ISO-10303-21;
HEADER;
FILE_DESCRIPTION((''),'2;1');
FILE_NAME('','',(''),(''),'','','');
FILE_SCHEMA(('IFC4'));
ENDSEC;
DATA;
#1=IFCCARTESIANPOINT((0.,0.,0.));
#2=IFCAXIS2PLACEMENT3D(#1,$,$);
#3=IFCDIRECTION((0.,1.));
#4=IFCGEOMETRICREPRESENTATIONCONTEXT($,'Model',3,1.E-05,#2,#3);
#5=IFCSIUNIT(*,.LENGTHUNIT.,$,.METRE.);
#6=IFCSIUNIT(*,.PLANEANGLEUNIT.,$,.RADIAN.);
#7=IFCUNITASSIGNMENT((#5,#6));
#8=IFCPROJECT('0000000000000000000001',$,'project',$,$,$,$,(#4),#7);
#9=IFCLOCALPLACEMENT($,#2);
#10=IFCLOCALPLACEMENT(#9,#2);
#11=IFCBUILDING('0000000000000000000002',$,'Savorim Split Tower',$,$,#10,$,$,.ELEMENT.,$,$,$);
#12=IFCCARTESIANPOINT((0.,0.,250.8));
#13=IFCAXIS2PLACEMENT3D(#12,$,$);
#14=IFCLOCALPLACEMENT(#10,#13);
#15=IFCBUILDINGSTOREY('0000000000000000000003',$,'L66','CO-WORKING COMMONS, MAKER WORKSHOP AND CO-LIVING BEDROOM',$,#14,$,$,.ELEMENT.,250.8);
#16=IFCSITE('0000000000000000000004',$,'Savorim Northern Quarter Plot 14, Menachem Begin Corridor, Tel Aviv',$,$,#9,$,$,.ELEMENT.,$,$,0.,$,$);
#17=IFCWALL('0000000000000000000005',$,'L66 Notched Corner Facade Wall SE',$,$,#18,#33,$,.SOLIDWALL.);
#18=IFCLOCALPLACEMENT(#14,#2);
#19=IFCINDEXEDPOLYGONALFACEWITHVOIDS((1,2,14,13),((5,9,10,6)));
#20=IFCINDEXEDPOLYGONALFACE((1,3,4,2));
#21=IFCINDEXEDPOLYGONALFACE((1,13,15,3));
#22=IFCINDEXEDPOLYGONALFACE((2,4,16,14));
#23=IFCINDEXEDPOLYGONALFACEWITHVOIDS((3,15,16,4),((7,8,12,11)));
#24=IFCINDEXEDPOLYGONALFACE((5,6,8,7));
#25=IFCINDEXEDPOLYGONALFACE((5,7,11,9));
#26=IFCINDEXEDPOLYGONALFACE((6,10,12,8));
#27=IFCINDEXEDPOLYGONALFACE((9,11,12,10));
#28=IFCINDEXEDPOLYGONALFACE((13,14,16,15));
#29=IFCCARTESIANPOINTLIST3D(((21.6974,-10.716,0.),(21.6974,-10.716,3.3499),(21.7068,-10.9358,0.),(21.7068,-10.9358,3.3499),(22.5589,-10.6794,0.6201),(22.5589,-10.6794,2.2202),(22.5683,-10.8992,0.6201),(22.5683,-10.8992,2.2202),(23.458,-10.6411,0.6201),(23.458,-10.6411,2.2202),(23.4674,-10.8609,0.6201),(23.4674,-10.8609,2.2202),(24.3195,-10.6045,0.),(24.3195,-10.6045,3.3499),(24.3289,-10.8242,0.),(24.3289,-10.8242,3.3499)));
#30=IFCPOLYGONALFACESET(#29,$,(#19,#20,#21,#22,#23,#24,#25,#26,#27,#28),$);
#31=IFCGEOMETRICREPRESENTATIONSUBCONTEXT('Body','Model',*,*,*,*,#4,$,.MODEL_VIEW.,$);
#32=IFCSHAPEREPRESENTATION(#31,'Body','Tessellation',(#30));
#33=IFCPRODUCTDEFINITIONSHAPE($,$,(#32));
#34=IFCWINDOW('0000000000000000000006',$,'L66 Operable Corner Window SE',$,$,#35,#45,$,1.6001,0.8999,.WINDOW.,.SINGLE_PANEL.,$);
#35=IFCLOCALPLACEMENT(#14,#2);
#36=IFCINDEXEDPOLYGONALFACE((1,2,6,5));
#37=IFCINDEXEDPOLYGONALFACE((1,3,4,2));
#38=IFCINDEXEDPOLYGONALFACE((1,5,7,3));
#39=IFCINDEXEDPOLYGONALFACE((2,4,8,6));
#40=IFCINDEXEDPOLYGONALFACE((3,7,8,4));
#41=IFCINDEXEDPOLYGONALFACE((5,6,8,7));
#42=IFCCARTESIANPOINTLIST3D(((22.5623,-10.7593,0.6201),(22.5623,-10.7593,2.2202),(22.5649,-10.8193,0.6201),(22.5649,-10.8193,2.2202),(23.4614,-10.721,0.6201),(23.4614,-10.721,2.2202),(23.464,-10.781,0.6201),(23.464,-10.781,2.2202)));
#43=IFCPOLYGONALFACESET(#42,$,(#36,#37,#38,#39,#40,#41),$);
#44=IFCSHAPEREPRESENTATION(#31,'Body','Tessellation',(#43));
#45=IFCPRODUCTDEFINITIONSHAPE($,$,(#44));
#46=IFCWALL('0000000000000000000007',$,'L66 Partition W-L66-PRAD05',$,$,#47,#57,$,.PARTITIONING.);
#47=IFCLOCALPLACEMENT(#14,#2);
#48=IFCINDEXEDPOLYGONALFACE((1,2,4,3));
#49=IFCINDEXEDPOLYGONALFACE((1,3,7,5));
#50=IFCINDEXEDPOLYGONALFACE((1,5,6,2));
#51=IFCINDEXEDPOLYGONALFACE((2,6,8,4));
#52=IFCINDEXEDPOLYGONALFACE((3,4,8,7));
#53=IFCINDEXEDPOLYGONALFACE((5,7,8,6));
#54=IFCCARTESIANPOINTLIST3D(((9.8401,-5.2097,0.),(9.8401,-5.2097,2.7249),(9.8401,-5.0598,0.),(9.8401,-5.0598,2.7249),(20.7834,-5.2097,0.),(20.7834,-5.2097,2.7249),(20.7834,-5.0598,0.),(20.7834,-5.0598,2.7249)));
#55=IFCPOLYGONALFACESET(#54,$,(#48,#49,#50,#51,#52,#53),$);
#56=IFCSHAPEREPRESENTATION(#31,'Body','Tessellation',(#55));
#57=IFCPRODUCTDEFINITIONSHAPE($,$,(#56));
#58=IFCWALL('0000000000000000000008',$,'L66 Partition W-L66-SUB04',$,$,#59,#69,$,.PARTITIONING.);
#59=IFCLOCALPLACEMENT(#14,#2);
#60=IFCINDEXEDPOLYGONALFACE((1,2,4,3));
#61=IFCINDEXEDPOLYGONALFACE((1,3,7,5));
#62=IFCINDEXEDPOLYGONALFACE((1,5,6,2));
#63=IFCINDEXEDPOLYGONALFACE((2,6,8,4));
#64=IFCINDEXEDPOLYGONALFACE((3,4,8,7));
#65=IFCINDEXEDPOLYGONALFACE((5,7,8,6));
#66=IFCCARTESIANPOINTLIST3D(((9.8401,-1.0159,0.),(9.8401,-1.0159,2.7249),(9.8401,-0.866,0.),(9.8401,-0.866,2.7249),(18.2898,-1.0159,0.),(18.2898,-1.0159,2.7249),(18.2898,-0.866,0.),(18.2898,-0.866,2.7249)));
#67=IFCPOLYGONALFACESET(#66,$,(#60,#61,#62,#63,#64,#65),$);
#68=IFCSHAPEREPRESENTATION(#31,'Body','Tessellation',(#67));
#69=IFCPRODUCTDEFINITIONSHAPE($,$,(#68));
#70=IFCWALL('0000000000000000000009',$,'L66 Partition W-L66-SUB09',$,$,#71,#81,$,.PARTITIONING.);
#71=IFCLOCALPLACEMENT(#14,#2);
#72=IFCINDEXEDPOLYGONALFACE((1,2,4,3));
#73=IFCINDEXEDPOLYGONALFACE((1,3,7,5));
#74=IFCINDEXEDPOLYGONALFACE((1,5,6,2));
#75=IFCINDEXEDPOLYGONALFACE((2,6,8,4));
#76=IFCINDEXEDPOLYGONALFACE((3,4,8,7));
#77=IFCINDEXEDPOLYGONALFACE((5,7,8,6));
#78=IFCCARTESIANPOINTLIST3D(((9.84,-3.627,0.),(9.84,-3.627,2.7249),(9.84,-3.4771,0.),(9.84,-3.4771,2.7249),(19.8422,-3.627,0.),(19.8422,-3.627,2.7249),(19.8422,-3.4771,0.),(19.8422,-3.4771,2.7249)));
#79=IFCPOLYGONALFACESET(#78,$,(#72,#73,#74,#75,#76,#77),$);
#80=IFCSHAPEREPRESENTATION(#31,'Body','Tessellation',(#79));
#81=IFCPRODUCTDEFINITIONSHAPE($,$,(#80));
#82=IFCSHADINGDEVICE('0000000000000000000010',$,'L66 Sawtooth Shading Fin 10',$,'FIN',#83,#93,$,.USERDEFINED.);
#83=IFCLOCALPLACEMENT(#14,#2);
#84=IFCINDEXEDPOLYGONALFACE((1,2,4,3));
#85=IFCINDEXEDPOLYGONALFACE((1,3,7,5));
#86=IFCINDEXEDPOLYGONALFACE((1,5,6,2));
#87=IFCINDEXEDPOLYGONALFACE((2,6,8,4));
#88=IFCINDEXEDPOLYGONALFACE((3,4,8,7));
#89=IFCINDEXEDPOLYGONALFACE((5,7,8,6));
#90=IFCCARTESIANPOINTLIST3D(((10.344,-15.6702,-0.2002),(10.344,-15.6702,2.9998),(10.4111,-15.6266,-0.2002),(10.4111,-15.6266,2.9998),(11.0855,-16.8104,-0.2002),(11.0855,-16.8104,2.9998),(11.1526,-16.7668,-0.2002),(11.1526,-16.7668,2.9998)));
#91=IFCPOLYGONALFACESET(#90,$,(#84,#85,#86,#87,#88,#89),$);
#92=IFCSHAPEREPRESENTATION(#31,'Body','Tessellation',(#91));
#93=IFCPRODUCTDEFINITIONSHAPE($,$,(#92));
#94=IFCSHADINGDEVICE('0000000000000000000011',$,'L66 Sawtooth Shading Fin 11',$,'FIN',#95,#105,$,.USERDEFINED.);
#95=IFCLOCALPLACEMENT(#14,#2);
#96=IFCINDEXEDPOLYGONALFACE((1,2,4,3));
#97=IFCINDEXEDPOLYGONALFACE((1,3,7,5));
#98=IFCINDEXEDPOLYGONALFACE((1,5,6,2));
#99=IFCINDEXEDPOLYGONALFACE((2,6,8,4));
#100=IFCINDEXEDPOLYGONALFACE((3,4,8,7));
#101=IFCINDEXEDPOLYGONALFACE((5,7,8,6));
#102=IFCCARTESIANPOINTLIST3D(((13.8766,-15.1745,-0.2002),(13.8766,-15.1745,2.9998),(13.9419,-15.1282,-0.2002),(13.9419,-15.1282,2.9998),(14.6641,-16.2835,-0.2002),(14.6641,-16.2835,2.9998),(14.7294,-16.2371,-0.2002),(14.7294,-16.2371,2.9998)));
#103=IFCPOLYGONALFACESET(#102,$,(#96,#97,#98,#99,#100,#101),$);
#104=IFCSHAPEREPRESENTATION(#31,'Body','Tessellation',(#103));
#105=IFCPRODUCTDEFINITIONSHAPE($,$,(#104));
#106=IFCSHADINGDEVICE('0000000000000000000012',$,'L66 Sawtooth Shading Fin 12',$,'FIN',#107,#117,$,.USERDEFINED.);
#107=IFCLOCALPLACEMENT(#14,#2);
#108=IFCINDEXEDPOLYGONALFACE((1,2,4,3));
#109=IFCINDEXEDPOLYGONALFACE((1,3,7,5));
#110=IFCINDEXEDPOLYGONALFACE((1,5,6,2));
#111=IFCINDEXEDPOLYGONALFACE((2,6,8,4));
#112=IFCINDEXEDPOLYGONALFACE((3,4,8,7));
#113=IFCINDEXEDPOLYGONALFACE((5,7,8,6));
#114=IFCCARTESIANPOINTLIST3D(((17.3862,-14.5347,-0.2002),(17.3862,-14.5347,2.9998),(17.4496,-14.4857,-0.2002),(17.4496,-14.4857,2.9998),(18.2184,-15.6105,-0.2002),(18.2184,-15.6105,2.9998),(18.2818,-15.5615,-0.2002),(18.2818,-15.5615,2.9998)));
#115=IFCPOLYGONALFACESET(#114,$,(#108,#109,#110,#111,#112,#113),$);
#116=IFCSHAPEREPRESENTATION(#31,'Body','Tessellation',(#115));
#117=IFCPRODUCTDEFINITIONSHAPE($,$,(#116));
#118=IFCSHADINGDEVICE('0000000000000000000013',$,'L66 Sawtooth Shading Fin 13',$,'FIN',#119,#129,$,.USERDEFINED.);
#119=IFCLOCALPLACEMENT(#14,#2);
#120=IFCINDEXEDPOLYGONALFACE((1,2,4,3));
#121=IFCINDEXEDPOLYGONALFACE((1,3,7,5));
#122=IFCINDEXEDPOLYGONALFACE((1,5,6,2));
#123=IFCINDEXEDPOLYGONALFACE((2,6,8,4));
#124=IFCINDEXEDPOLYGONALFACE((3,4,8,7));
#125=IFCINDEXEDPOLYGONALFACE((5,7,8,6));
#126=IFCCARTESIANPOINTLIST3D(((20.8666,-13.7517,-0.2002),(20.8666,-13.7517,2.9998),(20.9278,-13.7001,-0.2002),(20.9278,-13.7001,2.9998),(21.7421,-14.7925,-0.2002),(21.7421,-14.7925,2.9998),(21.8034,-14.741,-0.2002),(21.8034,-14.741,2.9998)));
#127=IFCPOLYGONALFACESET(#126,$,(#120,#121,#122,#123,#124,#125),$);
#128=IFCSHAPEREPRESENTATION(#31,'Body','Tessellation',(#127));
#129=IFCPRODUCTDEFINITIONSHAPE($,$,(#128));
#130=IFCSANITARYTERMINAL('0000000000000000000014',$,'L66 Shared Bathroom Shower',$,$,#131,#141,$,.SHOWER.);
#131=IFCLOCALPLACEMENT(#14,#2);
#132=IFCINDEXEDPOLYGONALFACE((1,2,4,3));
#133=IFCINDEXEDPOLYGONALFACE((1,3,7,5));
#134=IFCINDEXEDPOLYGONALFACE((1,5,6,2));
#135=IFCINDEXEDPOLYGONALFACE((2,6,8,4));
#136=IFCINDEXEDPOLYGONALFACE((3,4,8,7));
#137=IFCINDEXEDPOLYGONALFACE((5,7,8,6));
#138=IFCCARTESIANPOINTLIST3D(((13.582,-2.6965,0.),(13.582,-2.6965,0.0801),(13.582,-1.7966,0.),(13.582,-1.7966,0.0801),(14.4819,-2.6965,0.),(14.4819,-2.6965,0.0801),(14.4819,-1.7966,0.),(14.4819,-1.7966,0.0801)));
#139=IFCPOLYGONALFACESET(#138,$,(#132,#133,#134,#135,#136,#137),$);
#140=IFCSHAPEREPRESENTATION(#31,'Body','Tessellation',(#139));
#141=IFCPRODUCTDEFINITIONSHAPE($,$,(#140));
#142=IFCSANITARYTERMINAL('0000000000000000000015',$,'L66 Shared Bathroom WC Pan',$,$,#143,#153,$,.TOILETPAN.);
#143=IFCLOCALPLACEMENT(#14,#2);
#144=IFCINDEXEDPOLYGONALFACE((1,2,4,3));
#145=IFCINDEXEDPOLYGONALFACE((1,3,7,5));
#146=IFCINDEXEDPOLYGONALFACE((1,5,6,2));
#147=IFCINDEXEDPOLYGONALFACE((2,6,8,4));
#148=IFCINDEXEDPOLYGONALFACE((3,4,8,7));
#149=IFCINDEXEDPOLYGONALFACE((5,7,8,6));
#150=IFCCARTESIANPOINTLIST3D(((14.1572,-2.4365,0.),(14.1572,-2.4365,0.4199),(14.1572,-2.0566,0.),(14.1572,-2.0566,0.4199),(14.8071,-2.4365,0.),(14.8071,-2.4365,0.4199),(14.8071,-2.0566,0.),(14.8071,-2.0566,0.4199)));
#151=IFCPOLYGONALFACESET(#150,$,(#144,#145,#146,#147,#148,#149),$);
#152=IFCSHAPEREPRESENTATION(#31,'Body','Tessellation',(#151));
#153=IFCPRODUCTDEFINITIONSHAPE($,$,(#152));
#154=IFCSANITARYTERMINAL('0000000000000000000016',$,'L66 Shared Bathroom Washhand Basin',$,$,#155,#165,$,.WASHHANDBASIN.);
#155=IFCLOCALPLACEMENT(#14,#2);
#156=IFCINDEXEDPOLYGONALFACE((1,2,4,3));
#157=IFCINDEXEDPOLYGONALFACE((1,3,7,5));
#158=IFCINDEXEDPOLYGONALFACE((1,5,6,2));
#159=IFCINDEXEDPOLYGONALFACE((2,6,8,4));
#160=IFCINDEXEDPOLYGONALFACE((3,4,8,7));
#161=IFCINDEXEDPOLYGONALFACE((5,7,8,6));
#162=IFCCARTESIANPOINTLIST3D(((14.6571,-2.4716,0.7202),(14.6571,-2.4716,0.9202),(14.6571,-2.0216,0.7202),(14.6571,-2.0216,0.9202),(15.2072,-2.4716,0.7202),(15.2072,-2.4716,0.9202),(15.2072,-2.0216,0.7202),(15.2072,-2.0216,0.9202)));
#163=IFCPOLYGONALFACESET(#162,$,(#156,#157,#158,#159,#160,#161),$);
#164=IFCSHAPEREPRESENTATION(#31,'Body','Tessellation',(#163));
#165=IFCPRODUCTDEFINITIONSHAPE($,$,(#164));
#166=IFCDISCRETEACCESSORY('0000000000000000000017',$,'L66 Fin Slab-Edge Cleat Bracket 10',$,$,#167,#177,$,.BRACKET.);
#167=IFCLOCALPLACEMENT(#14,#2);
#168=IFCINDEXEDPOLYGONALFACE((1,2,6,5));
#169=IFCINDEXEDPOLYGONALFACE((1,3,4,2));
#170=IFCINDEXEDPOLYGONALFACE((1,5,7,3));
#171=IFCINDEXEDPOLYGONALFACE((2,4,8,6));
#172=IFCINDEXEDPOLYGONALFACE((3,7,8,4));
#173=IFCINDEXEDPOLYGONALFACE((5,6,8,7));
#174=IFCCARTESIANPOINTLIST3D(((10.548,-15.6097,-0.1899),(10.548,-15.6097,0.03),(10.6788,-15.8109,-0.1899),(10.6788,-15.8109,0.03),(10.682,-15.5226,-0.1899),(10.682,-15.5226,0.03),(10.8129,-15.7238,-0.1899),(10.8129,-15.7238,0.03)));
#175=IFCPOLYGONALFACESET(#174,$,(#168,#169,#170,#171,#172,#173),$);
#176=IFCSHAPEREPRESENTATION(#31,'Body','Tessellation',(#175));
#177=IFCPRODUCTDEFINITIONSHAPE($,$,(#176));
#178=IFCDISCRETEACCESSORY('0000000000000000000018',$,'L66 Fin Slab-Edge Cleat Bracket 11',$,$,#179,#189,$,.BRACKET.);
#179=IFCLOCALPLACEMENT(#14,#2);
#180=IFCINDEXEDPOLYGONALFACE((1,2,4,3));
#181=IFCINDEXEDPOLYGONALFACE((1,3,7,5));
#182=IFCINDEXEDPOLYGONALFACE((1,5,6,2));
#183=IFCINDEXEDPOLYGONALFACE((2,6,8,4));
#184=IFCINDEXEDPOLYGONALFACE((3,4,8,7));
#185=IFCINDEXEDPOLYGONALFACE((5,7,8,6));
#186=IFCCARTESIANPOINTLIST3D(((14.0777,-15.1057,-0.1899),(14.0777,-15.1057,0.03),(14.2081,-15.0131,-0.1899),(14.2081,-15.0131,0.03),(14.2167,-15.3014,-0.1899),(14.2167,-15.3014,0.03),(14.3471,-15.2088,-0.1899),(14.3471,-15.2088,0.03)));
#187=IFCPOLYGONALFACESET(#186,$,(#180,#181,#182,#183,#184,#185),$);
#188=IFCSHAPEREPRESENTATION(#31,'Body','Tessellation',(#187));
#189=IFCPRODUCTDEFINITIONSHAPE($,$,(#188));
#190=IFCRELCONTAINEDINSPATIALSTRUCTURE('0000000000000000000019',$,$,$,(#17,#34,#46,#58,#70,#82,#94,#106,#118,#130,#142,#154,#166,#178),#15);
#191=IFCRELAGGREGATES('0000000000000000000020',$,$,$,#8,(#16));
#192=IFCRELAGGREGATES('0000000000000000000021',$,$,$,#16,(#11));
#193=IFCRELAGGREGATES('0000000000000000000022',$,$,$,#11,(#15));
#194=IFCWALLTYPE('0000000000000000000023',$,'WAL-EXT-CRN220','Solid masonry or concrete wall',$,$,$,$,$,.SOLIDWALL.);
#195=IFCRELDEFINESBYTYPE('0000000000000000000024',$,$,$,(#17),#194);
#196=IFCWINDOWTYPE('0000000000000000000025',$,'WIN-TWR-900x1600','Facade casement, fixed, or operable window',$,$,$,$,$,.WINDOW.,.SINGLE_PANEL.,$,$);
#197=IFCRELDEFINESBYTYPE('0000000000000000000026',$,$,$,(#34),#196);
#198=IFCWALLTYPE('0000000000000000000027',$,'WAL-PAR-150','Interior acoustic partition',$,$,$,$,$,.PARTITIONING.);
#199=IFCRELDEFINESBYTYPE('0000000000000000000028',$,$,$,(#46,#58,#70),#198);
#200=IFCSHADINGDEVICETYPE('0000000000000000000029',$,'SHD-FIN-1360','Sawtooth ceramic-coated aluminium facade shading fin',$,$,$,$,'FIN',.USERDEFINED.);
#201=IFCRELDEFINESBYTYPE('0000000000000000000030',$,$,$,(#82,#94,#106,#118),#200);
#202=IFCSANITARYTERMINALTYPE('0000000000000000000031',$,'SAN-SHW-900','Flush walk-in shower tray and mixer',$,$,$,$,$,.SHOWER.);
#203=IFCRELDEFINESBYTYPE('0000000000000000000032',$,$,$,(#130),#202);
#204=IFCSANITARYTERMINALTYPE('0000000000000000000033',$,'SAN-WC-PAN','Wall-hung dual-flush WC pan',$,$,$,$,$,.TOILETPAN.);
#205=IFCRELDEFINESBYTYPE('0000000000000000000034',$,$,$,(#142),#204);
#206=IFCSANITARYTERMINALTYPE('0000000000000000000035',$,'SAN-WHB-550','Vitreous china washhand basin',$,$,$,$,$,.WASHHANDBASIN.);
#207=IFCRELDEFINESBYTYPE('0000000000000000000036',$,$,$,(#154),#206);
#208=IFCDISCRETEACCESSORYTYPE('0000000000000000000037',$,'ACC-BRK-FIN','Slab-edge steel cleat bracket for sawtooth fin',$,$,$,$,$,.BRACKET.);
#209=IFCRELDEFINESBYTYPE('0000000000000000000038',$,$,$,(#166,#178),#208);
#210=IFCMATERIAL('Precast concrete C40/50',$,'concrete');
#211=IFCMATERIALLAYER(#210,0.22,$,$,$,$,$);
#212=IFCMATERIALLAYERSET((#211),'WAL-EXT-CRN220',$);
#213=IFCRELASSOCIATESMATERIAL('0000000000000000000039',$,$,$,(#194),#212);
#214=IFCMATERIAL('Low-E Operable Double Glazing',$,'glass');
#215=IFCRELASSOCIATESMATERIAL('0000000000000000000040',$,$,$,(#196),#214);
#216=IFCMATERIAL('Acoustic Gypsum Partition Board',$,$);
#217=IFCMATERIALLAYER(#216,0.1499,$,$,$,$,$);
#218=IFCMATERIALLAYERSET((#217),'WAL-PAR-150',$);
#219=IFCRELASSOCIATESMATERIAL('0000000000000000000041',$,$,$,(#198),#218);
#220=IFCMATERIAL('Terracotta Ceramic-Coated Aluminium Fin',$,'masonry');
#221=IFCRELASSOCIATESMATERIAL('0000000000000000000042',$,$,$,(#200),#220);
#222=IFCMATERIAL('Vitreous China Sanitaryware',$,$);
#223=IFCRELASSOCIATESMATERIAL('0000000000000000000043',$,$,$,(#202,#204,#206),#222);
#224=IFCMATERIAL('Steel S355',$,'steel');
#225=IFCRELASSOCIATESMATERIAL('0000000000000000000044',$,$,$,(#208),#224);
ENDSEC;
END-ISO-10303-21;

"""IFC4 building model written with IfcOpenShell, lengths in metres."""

from ifc_helpers import new_model, si_unit, direction, frame, frame_2d, origin, origin_2d, place, context, subcontext, project, spatial, rectangle, extrude, material, layer, layer_set, type_object, element, fill, save


model = new_model("IFC4")

# Units and contexts
model_context = context("Model", 3, precision=1e-05, world=origin(), true_north=direction((0.0, 1.0)))
body_context = subcontext(model_context, "Body", "Model", "MODEL_VIEW")
ifc_project = project(units=[si_unit("LENGTHUNIT", "METRE"), si_unit("PLANEANGLEUNIT", "RADIAN")], contexts=[model_context])

# Site, building, storey
site_placement = place(None, origin())
site = spatial("IfcSite", under=ifc_project, at=site_placement, Name="Savorim Northern Quarter Plot 14, Menachem Begin Corridor, Tel Aviv", CompositionType="ELEMENT", RefElevation=0.0)
building_placement = place(site_placement, origin())
building = spatial("IfcBuilding", under=site, at=building_placement, Name="Savorim Split Tower", CompositionType="ELEMENT")
storey_placement = place(building_placement, frame((0.0, 0.0, 250.8)))
storey = spatial("IfcBuildingStorey", under=building, at=storey_placement, Name="L66", Description="CO-WORKING COMMONS, MAKER WORKSHOP AND CO-LIVING BEDROOM", CompositionType="ELEMENT", Elevation=250.8)

# Shared definitions
ifc_material_1 = material(Name="Steel S355", Category="steel")

# Shared definitions
ifc_material_2 = material(Name="Precast concrete C40/50", Category="concrete")
ifc_layer_1 = layer(ifc_material_2, 0.22)
ifc_layer_set_1 = layer_set([ifc_layer_1], Name="WAL-EXT-CRN220")
wall_type_1 = type_object("IfcWallType", Name="WAL-EXT-CRN220", Description="Solid masonry or concrete wall", PredefinedType="SOLIDWALL", material=ifc_layer_set_1)

# Wall, opening, window
wall_1_placement = place(storey_placement, frame((24.3242, -10.7144, 0.0), z_axis=(0.0, 0.0, 1.0), x_axis=(-0.999096, -0.042513, 0.0)))
wall_1 = element("IfcWall", 1, at=wall_1_placement, inside=storey, type_object=wall_type_1, Name="L66 Notched Corner Facade Wall SE", PredefinedType="SOLIDWALL", context=body_context, shape_type="SweptSolid", body=[
    extrude(rectangle(XDim=2.6245, YDim=0.22, at=frame_2d((1.3123, 0.0))), origin(), (0.0, 0.0, 1.0), 3.3499),
])
opening_placement = place(wall_1_placement, frame((0.8623, 0.0, 0.6201)))
opening = element("IfcOpeningElement", 2, at=opening_placement, cuts=wall_1, PredefinedType="OPENING", context=body_context, shape_type="SweptSolid", body=[
    extrude(rectangle(XDim=0.8999, YDim=1.6001, at=frame_2d((0.45, 0.8))), frame((0.0, 0.1199, 0.0), z_axis=(0.0, -1.0, 0.0), x_axis=(1.0, 0.0, 0.0)), (0.0, 0.0, 1.0), 0.24),
])
ifc_material_3 = material(Name="Low-E Operable Double Glazing", Category="glass")
window_type = type_object("IfcWindowType", Name="WIN-TWR-900x1600", Description="Facade casement, fixed, or operable window", PartitioningType="SINGLE_PANEL", PredefinedType="WINDOW", material=ifc_material_3)
window_placement = place(opening_placement, origin())
window = element("IfcWindow", 3, at=window_placement, inside=storey, type_object=window_type, Name="L66 Operable Corner Window SE", OverallHeight=1.6001, OverallWidth=0.8999, PartitioningType="SINGLE_PANEL", PredefinedType="WINDOW", context=body_context, shape_type="SweptSolid", body=[
    extrude(rectangle(XDim=0.8999, YDim=1.6001, at=frame_2d((0.45, 0.8))), frame((0.0, 0.03, 0.0), z_axis=(0.0, -1.0, 0.0), x_axis=(1.0, 0.0, 0.0)), (0.0, 0.0, 1.0), 0.0601),
])
fill(opening, window)

# Walls
ifc_material_4 = material(Name="Acoustic Gypsum Partition Board")
ifc_layer_2 = layer(ifc_material_4, 0.1499)
ifc_layer_set_2 = layer_set([ifc_layer_2], Name="WAL-PAR-150")
wall_type_2 = type_object("IfcWallType", Name="WAL-PAR-150", Description="Interior acoustic partition", PredefinedType="PARTITIONING", material=ifc_layer_set_2)
wall_2_placement = place(storey_placement, frame((9.8401, -5.1348, 0.0), z_axis=(0.0, 0.0, 1.0), x_axis=(1.0, 0.0, 0.0)))
element("IfcWall", 4, at=wall_2_placement, inside=storey, type_object=wall_type_2, Name="L66 Partition W-L66-PRAD05", PredefinedType="PARTITIONING", context=body_context, shape_type="SweptSolid", body=[
    extrude(rectangle(XDim=10.9434, YDim=0.1499, at=frame_2d((5.4717, 0.0))), origin(), (0.0, 0.0, 1.0), 2.7249),
])
wall_3_placement = place(storey_placement, frame((9.8401, -0.9409, 0.0), z_axis=(0.0, 0.0, 1.0), x_axis=(1.0, 0.0, 0.0)))
element("IfcWall", 5, at=wall_3_placement, inside=storey, type_object=wall_type_2, Name="L66 Partition W-L66-SUB04", PredefinedType="PARTITIONING", context=body_context, shape_type="SweptSolid", body=[
    extrude(rectangle(XDim=8.4497, YDim=0.1499, at=frame_2d((4.2249, 0.0))), origin(), (0.0, 0.0, 1.0), 2.7249),
])
wall_4_placement = place(storey_placement, frame((9.8401, -3.552, 0.0), z_axis=(0.0, 0.0, 1.0), x_axis=(1.0, 0.0, 0.0)))
element("IfcWall", 6, at=wall_4_placement, inside=storey, type_object=wall_type_2, Name="L66 Partition W-L66-SUB09", PredefinedType="PARTITIONING", context=body_context, shape_type="SweptSolid", body=[
    extrude(rectangle(XDim=10.0022, YDim=0.1499, at=frame_2d((5.001, 0.0))), origin(), (0.0, 0.0, 1.0), 2.7249),
])

# Shading devices
ifc_material_5 = material(Name="Terracotta Ceramic-Coated Aluminium Fin", Category="masonry")
shading_device_type = type_object("IfcShadingDeviceType", Name="SHD-FIN-1360", Description="Sawtooth ceramic-coated aluminium facade shading fin", ElementType="FIN", PredefinedType="USERDEFINED", material=ifc_material_5)
for number, where, z_axis, x_axis, name in (
    (7, (10.7483, -16.2185, -0.2002), (0.0, 0.0, 1.0), (0.545148, -0.83834, 0.0), "L66 Sawtooth Shading Fin 10"),
    (8, (14.303, -15.7058, -0.2002), (0.0, 0.0, 1.0), (0.578994, -0.815332, 0.0), "L66 Sawtooth Shading Fin 11"),
    (9, (17.834, -15.0481, -0.2002), (0.0, 0.0, 1.0), (0.611868, -0.79096, 0.0), "L66 Sawtooth Shading Fin 12"),
    (10, (21.335, -14.2463, -0.2002), (0.0, 0.0, 1.0), (0.643719, -0.765262, 0.0), "L66 Sawtooth Shading Fin 13"),
):
    element("IfcShadingDevice", number, at=place(storey_placement, frame(where, z_axis=z_axis, x_axis=x_axis)), inside=storey, type_object=shading_device_type, Name=name, ObjectType="FIN", PredefinedType="USERDEFINED", context=body_context, shape_type="SweptSolid", body=[
        extrude(rectangle(XDim=1.3601, YDim=0.0801, at=origin_2d()), origin(), (0.0, 0.0, 1.0), 3.2),
    ])

# Sanitary terminals
ifc_material_6 = material(Name="Vitreous China Sanitaryware")
sanitary_terminal_type_1 = type_object("IfcSanitaryTerminalType", Name="SAN-SHW-900", Description="Flush walk-in shower tray and mixer", PredefinedType="SHOWER", material=ifc_material_6)
sanitary_terminal_1_placement = place(storey_placement, frame((14.032, -2.2466, 0.0), z_axis=(0.0, 0.0, 1.0), x_axis=(1.0, 0.0, 0.0)))
element("IfcSanitaryTerminal", 11, at=sanitary_terminal_1_placement, inside=storey, type_object=sanitary_terminal_type_1, Name="L66 Shared Bathroom Shower", PredefinedType="SHOWER", context=body_context, shape_type="SweptSolid", body=[
    extrude(rectangle(XDim=0.8999, YDim=0.8999, at=origin_2d()), origin(), (0.0, 0.0, 1.0), 0.0801),
])
sanitary_terminal_type_2 = type_object("IfcSanitaryTerminalType", Name="SAN-WC-PAN", Description="Wall-hung dual-flush WC pan", PredefinedType="TOILETPAN", material=ifc_material_6)
sanitary_terminal_2_placement = place(storey_placement, frame((14.4822, -2.2466, 0.0), z_axis=(0.0, 0.0, 1.0), x_axis=(1.0, 0.0, 0.0)))
element("IfcSanitaryTerminal", 12, at=sanitary_terminal_2_placement, inside=storey, type_object=sanitary_terminal_type_2, Name="L66 Shared Bathroom WC Pan", PredefinedType="TOILETPAN", context=body_context, shape_type="SweptSolid", body=[
    extrude(rectangle(XDim=0.6499, YDim=0.3799, at=origin_2d()), origin(), (0.0, 0.0, 1.0), 0.4199),
])
sanitary_terminal_type_3 = type_object("IfcSanitaryTerminalType", Name="SAN-WHB-550", Description="Vitreous china washhand basin", PredefinedType="WASHHANDBASIN", material=ifc_material_6)
sanitary_terminal_3_placement = place(storey_placement, frame((14.9321, -2.2466, 0.7202), z_axis=(0.0, 0.0, 1.0), x_axis=(1.0, 0.0, 0.0)))
element("IfcSanitaryTerminal", 13, at=sanitary_terminal_3_placement, inside=storey, type_object=sanitary_terminal_type_3, Name="L66 Shared Bathroom Washhand Basin", PredefinedType="WASHHANDBASIN", context=body_context, shape_type="SweptSolid", body=[
    extrude(rectangle(XDim=0.55, YDim=0.45, at=origin_2d()), origin(), (0.0, 0.0, 1.0), 0.2),
])

# Discrete accessories
discrete_accessory_type = type_object("IfcDiscreteAccessoryType", Name="ACC-BRK-FIN", Description="Slab-edge steel cleat bracket for sawtooth fin", PredefinedType="BRACKET", material=ifc_material_1)
for number, where, z_axis, x_axis, name in (
    (14, (10.6804, -15.6667, -0.1899), (0.0, 0.0, 1.0), (0.545148, -0.83834, 0.0), "L66 Fin Slab-Edge Cleat Bracket 10"),
    (15, (14.2124, -15.1572, -0.1899), (0.0, 0.0, 1.0), (0.578994, -0.815332, 0.0), "L66 Fin Slab-Edge Cleat Bracket 11"),
):
    element("IfcDiscreteAccessory", number, at=place(storey_placement, frame(where, z_axis=z_axis, x_axis=x_axis)), inside=storey, type_object=discrete_accessory_type, Name=name, PredefinedType="BRACKET", context=body_context, shape_type="SweptSolid", body=[
        extrude(rectangle(XDim=0.24, YDim=0.1599, at=origin_2d()), origin(), (0.0, 0.0, 1.0), 0.22),
    ])

save(model, "model.ifc")
